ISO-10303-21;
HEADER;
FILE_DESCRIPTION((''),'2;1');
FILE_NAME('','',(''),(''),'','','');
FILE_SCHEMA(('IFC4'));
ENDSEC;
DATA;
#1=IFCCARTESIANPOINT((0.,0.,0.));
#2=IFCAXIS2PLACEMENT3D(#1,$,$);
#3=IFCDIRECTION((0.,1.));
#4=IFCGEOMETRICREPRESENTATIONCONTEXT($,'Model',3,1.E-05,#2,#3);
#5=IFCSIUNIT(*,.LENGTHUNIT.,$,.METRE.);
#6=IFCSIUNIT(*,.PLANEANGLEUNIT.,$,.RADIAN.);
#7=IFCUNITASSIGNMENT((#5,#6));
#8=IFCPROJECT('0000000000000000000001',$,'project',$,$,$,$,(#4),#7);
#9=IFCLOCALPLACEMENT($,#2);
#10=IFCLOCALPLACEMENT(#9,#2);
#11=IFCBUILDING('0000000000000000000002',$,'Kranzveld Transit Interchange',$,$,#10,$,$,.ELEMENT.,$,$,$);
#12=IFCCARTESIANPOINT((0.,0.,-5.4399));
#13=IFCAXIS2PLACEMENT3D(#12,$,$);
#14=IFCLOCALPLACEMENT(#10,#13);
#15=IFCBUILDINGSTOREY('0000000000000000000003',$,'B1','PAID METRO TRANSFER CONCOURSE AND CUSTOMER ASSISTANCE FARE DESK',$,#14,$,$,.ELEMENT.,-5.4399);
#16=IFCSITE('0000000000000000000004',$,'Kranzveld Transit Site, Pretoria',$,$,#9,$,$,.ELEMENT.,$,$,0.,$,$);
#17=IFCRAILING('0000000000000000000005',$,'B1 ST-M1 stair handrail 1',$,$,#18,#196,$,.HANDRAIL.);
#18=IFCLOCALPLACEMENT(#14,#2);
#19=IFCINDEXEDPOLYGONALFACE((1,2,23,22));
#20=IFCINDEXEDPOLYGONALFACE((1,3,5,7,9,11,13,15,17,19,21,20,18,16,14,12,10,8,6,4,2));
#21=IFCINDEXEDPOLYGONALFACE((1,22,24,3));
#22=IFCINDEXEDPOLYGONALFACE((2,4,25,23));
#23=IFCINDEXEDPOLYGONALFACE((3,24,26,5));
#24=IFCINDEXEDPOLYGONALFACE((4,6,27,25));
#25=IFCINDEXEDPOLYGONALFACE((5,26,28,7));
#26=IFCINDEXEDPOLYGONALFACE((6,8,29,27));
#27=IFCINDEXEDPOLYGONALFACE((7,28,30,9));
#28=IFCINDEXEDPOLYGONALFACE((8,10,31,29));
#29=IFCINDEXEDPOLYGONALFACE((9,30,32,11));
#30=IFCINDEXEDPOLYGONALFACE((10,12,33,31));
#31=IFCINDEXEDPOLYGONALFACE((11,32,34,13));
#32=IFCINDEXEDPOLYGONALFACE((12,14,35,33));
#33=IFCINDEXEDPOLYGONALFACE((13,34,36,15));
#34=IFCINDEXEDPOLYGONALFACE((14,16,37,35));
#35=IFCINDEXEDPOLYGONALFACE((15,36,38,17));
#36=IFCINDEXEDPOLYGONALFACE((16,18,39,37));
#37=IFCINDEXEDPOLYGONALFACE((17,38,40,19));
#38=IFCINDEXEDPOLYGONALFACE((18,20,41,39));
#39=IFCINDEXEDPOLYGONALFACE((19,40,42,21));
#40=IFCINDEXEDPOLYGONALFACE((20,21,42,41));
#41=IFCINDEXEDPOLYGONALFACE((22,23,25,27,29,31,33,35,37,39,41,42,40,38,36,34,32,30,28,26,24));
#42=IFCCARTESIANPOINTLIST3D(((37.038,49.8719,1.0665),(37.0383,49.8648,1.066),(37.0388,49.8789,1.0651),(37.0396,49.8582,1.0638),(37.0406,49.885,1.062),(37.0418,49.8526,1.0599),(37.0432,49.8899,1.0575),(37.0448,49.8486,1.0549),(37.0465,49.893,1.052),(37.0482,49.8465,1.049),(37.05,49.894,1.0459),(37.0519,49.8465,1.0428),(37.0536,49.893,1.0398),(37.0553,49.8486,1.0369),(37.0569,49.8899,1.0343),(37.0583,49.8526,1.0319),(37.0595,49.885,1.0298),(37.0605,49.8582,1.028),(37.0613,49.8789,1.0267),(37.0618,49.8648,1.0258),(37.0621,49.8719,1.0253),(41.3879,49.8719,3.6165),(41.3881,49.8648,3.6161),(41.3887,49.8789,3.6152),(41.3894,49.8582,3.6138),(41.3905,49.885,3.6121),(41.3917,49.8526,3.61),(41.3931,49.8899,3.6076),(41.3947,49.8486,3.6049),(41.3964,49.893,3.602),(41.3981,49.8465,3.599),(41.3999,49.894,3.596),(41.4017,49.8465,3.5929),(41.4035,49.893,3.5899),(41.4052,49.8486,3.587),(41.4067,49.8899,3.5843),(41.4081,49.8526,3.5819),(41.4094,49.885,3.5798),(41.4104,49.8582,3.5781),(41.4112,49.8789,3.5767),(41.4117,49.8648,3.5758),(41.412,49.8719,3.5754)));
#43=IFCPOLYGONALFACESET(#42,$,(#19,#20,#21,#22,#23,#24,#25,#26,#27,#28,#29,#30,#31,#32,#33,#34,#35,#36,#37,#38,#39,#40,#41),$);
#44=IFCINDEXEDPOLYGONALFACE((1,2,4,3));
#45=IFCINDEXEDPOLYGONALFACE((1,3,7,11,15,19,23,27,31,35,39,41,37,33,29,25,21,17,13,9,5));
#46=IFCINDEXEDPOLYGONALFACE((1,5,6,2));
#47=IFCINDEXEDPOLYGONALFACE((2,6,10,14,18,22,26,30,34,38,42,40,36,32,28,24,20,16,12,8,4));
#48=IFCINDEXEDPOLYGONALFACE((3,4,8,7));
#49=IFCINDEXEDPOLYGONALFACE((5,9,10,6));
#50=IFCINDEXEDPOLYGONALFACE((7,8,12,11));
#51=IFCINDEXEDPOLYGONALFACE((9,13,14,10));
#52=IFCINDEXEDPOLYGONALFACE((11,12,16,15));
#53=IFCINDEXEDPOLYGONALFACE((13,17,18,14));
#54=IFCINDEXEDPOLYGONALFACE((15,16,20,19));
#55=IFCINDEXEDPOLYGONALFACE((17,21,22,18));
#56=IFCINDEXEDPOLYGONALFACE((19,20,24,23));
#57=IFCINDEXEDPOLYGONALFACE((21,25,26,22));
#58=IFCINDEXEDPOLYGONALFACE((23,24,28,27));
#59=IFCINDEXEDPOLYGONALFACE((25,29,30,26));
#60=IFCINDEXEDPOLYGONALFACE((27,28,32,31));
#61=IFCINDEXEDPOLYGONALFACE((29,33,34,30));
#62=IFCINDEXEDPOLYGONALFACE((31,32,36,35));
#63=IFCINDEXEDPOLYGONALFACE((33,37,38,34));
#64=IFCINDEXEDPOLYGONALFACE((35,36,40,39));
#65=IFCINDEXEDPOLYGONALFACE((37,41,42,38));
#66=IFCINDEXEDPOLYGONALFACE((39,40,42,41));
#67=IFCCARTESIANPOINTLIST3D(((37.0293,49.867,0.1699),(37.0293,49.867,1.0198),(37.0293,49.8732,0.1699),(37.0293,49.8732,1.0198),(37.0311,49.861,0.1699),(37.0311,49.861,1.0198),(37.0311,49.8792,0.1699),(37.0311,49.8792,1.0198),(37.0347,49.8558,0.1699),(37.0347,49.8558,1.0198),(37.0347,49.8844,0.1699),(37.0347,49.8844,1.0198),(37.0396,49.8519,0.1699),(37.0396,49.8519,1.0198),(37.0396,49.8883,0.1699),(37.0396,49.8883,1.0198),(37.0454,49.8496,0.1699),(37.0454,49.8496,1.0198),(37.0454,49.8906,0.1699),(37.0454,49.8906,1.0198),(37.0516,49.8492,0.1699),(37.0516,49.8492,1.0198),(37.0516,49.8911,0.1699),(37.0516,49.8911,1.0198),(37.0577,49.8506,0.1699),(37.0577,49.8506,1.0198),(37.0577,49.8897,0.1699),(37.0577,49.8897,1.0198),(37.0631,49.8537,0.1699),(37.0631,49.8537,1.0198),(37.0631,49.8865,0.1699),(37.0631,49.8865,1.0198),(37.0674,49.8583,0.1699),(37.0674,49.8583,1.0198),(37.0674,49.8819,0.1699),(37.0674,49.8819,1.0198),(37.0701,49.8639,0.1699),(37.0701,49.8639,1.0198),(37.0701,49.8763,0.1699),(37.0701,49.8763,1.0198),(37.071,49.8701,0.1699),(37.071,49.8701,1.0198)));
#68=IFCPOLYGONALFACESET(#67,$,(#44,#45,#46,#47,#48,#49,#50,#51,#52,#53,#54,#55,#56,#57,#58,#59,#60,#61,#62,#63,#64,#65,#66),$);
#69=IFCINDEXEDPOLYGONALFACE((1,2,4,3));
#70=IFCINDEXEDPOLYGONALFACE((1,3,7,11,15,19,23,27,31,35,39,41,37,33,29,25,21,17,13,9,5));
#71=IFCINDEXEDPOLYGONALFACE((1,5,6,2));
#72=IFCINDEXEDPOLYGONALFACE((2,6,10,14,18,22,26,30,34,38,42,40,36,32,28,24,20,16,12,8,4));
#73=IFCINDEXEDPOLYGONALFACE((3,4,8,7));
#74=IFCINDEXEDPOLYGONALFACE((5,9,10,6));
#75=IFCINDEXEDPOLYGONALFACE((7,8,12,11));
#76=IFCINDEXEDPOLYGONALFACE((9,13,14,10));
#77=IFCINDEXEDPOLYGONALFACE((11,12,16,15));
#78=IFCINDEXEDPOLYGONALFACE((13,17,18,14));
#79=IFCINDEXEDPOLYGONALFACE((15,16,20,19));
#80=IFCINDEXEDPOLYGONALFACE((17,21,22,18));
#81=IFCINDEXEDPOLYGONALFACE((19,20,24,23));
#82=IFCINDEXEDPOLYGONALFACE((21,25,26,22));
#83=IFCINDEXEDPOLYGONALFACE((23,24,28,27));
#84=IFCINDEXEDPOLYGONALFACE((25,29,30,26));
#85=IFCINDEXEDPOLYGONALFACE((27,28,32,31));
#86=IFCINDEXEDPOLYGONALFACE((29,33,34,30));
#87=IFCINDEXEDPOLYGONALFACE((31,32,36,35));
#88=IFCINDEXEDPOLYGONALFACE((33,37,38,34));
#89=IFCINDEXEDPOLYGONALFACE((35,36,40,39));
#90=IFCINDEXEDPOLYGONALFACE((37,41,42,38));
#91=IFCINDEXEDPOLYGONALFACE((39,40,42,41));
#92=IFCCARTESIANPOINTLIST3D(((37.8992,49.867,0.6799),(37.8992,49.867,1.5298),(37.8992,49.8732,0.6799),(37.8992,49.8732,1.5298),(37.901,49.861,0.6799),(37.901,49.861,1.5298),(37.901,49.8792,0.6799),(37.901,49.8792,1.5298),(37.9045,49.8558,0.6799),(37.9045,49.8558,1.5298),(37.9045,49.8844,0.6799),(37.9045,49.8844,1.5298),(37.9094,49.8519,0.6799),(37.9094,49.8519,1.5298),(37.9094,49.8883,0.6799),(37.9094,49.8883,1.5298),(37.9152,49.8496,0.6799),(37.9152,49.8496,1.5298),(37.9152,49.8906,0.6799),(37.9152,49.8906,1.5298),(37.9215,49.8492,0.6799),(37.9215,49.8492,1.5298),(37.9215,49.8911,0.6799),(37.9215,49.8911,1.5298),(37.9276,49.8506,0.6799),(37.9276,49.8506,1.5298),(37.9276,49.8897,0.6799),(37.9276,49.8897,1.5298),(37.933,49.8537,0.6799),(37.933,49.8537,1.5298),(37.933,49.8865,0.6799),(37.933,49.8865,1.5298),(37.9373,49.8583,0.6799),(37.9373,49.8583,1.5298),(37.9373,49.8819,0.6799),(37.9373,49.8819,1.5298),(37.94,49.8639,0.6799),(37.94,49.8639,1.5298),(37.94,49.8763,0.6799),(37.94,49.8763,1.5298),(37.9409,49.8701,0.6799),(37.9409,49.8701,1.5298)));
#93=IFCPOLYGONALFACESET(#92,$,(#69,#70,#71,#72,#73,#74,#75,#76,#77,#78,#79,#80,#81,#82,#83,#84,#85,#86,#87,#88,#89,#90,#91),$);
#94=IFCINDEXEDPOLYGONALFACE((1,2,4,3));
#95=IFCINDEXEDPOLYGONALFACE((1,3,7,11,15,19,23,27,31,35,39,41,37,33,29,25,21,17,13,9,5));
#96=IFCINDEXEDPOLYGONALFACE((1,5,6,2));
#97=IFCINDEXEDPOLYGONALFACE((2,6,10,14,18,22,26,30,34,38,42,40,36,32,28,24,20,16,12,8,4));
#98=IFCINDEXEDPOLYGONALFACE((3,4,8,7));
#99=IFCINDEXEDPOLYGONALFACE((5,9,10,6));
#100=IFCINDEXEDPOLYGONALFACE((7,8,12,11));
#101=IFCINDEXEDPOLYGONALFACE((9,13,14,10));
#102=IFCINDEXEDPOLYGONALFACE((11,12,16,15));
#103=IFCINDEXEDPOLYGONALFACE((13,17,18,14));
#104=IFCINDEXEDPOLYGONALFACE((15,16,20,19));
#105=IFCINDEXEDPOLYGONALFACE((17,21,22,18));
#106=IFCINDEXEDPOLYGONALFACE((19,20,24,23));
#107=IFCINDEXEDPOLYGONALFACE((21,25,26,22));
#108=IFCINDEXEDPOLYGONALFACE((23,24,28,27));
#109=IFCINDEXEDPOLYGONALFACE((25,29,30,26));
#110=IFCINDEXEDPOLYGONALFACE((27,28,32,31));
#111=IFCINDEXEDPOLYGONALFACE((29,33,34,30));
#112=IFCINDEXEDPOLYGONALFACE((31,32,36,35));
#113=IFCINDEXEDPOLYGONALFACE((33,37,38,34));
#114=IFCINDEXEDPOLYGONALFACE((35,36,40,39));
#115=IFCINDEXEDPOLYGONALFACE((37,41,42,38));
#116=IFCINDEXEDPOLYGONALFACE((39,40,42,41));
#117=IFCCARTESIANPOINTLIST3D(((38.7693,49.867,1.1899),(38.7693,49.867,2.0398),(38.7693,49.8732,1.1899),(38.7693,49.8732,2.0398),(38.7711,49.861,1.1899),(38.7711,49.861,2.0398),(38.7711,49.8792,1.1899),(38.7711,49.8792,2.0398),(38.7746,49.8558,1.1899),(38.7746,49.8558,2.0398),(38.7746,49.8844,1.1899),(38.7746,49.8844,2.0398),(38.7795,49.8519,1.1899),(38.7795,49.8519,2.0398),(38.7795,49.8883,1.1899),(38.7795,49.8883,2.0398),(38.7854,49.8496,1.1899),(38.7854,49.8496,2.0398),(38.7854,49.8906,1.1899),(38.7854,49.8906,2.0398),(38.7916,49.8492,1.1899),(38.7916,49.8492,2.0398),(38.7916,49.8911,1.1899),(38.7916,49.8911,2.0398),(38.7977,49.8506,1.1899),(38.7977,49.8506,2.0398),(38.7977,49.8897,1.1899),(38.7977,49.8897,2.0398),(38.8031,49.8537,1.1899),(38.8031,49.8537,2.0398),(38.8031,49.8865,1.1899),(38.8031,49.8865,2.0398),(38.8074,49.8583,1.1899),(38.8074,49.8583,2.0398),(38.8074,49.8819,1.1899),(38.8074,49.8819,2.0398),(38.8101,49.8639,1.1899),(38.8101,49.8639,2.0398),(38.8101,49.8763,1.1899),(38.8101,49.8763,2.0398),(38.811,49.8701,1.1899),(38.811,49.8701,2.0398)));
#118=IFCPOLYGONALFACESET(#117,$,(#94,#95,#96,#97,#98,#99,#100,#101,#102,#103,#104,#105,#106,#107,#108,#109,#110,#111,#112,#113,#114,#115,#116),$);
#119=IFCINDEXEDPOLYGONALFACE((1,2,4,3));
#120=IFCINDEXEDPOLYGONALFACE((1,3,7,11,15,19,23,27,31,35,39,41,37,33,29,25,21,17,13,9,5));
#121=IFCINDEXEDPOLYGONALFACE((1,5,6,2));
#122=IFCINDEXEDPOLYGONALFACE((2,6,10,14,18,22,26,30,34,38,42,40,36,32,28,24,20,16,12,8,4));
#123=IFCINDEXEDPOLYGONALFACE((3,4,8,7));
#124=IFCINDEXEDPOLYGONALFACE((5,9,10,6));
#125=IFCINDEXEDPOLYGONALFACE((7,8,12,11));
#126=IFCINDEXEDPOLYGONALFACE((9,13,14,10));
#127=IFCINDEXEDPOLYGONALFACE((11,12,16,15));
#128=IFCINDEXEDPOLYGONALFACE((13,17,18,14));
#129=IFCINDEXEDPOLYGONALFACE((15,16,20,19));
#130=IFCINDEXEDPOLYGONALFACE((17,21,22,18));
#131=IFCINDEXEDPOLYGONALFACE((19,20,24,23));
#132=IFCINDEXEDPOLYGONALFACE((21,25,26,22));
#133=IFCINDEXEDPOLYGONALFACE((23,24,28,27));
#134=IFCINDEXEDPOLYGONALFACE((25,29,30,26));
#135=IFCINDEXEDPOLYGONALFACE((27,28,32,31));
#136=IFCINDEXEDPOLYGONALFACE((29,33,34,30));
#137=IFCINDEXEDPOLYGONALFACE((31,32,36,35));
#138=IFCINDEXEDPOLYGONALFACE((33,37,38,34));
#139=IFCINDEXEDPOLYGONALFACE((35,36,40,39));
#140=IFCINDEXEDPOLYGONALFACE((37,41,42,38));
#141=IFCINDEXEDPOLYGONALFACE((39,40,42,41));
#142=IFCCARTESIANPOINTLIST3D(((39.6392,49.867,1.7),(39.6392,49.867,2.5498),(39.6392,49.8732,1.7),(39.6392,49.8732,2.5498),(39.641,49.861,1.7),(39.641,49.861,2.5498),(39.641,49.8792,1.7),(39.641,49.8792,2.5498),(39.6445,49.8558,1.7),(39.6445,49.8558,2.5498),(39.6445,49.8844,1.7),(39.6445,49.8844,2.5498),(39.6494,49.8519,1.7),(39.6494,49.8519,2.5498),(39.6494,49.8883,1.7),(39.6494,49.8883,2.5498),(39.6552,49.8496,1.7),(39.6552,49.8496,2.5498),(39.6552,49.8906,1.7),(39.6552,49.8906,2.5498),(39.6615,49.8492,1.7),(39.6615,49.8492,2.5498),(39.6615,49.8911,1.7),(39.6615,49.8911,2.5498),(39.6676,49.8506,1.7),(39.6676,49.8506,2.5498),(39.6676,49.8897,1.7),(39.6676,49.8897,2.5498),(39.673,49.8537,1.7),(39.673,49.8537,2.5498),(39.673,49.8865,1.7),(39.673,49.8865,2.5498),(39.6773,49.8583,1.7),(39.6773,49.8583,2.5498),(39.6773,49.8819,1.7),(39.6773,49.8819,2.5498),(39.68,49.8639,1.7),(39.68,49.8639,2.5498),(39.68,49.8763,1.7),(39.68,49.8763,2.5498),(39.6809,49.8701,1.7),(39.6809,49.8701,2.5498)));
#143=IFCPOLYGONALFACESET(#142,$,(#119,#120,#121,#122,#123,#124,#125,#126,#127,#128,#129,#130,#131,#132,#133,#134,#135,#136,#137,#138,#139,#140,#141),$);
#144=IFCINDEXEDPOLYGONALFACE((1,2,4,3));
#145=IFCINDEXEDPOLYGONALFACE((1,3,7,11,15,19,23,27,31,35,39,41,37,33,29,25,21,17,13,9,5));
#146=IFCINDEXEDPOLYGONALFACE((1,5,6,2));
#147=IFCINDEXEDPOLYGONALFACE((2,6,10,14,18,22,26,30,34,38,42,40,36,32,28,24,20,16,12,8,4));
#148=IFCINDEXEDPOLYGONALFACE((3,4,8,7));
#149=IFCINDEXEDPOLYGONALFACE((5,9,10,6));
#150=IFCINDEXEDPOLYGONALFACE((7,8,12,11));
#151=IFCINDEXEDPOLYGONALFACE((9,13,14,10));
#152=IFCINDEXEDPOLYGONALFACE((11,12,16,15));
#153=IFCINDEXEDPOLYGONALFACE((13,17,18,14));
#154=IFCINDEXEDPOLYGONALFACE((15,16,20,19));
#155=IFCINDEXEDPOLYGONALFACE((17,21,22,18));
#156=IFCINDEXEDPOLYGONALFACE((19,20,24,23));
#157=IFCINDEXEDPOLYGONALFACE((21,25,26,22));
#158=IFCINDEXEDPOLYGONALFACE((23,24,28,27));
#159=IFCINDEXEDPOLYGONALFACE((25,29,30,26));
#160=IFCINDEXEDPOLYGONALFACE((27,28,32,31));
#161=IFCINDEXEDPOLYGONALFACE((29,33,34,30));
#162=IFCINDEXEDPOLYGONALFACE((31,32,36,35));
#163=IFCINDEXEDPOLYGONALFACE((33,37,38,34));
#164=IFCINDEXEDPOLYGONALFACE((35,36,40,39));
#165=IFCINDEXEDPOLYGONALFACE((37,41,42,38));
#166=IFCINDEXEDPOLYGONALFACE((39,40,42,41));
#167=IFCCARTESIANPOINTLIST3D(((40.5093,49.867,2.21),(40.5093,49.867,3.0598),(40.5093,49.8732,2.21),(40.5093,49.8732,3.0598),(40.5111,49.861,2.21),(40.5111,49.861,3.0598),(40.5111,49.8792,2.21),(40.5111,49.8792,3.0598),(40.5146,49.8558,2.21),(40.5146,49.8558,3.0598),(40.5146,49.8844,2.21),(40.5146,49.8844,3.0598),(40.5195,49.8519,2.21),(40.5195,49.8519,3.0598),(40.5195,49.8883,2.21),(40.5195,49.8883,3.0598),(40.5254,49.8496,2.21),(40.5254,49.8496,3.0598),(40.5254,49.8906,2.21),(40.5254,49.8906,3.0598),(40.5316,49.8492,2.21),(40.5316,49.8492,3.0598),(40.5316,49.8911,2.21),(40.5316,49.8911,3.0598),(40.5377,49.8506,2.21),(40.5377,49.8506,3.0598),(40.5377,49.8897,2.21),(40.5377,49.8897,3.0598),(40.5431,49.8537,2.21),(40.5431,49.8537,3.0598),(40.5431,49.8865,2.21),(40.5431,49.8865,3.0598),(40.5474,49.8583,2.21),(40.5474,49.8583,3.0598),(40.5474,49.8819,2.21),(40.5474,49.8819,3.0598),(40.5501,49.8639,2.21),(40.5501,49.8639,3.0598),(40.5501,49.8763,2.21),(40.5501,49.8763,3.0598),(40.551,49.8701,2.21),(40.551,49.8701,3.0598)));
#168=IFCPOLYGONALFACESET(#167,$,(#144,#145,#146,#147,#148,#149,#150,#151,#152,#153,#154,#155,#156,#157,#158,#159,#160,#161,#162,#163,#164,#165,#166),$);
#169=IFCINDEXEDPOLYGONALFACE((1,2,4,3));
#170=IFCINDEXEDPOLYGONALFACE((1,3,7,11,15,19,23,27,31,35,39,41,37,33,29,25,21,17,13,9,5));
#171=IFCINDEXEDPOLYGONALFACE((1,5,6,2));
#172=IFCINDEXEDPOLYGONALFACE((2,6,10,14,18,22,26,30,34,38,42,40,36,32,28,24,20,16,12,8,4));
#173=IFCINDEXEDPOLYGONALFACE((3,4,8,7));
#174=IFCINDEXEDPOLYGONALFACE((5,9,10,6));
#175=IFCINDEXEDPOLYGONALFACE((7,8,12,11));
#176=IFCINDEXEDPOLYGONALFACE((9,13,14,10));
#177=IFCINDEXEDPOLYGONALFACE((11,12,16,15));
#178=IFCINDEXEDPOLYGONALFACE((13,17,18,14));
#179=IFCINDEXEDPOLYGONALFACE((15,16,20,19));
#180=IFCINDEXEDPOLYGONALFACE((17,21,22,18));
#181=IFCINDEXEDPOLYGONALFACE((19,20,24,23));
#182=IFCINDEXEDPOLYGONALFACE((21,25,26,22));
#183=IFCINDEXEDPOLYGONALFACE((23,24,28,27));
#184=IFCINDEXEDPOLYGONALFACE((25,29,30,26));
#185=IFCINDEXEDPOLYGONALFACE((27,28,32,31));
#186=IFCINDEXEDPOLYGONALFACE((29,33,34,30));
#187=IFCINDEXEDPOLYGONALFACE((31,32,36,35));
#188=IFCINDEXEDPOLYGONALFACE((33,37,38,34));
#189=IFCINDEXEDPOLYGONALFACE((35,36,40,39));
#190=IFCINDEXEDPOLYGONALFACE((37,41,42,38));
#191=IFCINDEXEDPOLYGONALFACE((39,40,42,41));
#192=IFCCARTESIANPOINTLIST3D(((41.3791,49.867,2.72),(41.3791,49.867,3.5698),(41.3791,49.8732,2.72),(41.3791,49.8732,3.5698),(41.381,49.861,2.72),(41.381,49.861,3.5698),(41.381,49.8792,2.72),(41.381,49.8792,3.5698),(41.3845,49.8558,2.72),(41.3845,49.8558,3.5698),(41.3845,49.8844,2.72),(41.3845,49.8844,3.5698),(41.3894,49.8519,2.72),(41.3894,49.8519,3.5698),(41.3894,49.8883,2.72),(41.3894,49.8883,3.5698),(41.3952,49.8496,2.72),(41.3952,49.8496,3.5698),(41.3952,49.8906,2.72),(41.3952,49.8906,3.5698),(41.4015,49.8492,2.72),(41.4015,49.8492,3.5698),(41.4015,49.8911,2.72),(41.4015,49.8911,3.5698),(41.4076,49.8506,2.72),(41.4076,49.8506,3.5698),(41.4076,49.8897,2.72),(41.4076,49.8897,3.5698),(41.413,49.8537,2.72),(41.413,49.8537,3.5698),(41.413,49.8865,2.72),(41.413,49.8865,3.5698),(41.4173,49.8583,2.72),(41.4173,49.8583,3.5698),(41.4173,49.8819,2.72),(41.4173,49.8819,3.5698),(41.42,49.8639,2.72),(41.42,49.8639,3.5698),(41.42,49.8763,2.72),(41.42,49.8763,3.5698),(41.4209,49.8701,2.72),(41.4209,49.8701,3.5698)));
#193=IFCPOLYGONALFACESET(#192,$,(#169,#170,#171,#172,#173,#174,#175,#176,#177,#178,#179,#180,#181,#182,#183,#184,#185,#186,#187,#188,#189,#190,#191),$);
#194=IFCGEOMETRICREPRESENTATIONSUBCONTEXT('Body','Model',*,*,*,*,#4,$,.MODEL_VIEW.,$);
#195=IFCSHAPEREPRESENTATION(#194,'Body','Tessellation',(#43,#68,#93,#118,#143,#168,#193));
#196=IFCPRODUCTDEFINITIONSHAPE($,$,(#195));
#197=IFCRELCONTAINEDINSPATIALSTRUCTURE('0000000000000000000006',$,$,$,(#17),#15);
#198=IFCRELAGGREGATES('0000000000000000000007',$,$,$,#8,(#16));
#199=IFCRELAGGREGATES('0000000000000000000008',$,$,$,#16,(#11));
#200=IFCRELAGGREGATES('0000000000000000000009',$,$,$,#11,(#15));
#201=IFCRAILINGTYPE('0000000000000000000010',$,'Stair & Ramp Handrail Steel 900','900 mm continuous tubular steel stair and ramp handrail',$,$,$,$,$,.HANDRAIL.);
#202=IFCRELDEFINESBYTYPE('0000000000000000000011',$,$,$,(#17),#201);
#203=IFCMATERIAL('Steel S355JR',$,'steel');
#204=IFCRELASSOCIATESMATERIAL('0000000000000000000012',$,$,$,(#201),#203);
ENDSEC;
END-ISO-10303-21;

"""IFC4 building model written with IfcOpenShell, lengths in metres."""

from ifc_helpers import new_model, si_unit, direction, frame, origin, origin_2d, place, context, subcontext, project, spatial, circle, extrude, material, type_object, element, save


model = new_model("IFC4")

# Units and contexts
model_context = context("Model", 3, precision=1e-05, world=origin(), true_north=direction((0.0, 1.0)))
body_context = subcontext(model_context, "Body", "Model", "MODEL_VIEW")
ifc_project = project(units=[si_unit("LENGTHUNIT", "METRE"), si_unit("PLANEANGLEUNIT", "RADIAN")], contexts=[model_context])

# Site, building, storey
site_placement = place(None, origin())
site = spatial("IfcSite", under=ifc_project, at=site_placement, Name="Kranzveld Transit Site, Pretoria", CompositionType="ELEMENT", RefElevation=0.0)
building_placement = place(site_placement, origin())
building = spatial("IfcBuilding", under=site, at=building_placement, Name="Kranzveld Transit Interchange", CompositionType="ELEMENT")
storey_placement = place(building_placement, frame((0.0, 0.0, -5.4399)))
storey = spatial("IfcBuildingStorey", under=building, at=storey_placement, Name="B1", Description="PAID METRO TRANSFER CONCOURSE AND CUSTOMER ASSISTANCE FARE DESK", CompositionType="ELEMENT", Elevation=-5.4399)

# Railing
ifc_material_1 = material(Name="Steel S355JR", Category="steel")
railing_type_1 = type_object("IfcRailingType", Name="Stair & Ramp Handrail Steel 900", Description="900 mm continuous tubular steel stair and ramp handrail", PredefinedType="HANDRAIL", material=ifc_material_1)
railing_1_placement = place(storey_placement, frame((37.05, 49.8701, 0.1699)))
element("IfcRailing", 1, at=railing_1_placement, inside=storey, type_object=railing_type_1, Name="B1 ST-M1 stair handrail 1", PredefinedType="HANDRAIL", context=body_context, shape_type="SweptSolid", body=[
    extrude(circle(Radius=0.0239, at=origin_2d()), frame((0.0, 0.0, 0.876), z_axis=(0.862686, 0.0, 0.505739), x_axis=(0.0, 1.0, 0.0)), (0.0, 0.0, 1.0), 5.0422),
    extrude(circle(Radius=0.021, at=origin_2d()), origin(), (0.0, 0.0, 1.0), 0.8499),
    extrude(circle(Radius=0.021, at=origin_2d()), frame((0.8699, 0.0, 0.51)), (0.0, 0.0, 1.0), 0.8499),
    extrude(circle(Radius=0.021, at=origin_2d()), frame((1.74, 0.0, 1.02)), (0.0, 0.0, 1.0), 0.8499),
    extrude(circle(Radius=0.021, at=origin_2d()), frame((2.6099, 0.0, 1.53)), (0.0, 0.0, 1.0), 0.8499),
    extrude(circle(Radius=0.021, at=origin_2d()), frame((3.48, 0.0, 2.04)), (0.0, 0.0, 1.0), 0.8499),
    extrude(circle(Radius=0.021, at=origin_2d()), frame((4.3499, 0.0, 2.55)), (0.0, 0.0, 1.0), 0.8499),
])

save(model, "model.ifc")
